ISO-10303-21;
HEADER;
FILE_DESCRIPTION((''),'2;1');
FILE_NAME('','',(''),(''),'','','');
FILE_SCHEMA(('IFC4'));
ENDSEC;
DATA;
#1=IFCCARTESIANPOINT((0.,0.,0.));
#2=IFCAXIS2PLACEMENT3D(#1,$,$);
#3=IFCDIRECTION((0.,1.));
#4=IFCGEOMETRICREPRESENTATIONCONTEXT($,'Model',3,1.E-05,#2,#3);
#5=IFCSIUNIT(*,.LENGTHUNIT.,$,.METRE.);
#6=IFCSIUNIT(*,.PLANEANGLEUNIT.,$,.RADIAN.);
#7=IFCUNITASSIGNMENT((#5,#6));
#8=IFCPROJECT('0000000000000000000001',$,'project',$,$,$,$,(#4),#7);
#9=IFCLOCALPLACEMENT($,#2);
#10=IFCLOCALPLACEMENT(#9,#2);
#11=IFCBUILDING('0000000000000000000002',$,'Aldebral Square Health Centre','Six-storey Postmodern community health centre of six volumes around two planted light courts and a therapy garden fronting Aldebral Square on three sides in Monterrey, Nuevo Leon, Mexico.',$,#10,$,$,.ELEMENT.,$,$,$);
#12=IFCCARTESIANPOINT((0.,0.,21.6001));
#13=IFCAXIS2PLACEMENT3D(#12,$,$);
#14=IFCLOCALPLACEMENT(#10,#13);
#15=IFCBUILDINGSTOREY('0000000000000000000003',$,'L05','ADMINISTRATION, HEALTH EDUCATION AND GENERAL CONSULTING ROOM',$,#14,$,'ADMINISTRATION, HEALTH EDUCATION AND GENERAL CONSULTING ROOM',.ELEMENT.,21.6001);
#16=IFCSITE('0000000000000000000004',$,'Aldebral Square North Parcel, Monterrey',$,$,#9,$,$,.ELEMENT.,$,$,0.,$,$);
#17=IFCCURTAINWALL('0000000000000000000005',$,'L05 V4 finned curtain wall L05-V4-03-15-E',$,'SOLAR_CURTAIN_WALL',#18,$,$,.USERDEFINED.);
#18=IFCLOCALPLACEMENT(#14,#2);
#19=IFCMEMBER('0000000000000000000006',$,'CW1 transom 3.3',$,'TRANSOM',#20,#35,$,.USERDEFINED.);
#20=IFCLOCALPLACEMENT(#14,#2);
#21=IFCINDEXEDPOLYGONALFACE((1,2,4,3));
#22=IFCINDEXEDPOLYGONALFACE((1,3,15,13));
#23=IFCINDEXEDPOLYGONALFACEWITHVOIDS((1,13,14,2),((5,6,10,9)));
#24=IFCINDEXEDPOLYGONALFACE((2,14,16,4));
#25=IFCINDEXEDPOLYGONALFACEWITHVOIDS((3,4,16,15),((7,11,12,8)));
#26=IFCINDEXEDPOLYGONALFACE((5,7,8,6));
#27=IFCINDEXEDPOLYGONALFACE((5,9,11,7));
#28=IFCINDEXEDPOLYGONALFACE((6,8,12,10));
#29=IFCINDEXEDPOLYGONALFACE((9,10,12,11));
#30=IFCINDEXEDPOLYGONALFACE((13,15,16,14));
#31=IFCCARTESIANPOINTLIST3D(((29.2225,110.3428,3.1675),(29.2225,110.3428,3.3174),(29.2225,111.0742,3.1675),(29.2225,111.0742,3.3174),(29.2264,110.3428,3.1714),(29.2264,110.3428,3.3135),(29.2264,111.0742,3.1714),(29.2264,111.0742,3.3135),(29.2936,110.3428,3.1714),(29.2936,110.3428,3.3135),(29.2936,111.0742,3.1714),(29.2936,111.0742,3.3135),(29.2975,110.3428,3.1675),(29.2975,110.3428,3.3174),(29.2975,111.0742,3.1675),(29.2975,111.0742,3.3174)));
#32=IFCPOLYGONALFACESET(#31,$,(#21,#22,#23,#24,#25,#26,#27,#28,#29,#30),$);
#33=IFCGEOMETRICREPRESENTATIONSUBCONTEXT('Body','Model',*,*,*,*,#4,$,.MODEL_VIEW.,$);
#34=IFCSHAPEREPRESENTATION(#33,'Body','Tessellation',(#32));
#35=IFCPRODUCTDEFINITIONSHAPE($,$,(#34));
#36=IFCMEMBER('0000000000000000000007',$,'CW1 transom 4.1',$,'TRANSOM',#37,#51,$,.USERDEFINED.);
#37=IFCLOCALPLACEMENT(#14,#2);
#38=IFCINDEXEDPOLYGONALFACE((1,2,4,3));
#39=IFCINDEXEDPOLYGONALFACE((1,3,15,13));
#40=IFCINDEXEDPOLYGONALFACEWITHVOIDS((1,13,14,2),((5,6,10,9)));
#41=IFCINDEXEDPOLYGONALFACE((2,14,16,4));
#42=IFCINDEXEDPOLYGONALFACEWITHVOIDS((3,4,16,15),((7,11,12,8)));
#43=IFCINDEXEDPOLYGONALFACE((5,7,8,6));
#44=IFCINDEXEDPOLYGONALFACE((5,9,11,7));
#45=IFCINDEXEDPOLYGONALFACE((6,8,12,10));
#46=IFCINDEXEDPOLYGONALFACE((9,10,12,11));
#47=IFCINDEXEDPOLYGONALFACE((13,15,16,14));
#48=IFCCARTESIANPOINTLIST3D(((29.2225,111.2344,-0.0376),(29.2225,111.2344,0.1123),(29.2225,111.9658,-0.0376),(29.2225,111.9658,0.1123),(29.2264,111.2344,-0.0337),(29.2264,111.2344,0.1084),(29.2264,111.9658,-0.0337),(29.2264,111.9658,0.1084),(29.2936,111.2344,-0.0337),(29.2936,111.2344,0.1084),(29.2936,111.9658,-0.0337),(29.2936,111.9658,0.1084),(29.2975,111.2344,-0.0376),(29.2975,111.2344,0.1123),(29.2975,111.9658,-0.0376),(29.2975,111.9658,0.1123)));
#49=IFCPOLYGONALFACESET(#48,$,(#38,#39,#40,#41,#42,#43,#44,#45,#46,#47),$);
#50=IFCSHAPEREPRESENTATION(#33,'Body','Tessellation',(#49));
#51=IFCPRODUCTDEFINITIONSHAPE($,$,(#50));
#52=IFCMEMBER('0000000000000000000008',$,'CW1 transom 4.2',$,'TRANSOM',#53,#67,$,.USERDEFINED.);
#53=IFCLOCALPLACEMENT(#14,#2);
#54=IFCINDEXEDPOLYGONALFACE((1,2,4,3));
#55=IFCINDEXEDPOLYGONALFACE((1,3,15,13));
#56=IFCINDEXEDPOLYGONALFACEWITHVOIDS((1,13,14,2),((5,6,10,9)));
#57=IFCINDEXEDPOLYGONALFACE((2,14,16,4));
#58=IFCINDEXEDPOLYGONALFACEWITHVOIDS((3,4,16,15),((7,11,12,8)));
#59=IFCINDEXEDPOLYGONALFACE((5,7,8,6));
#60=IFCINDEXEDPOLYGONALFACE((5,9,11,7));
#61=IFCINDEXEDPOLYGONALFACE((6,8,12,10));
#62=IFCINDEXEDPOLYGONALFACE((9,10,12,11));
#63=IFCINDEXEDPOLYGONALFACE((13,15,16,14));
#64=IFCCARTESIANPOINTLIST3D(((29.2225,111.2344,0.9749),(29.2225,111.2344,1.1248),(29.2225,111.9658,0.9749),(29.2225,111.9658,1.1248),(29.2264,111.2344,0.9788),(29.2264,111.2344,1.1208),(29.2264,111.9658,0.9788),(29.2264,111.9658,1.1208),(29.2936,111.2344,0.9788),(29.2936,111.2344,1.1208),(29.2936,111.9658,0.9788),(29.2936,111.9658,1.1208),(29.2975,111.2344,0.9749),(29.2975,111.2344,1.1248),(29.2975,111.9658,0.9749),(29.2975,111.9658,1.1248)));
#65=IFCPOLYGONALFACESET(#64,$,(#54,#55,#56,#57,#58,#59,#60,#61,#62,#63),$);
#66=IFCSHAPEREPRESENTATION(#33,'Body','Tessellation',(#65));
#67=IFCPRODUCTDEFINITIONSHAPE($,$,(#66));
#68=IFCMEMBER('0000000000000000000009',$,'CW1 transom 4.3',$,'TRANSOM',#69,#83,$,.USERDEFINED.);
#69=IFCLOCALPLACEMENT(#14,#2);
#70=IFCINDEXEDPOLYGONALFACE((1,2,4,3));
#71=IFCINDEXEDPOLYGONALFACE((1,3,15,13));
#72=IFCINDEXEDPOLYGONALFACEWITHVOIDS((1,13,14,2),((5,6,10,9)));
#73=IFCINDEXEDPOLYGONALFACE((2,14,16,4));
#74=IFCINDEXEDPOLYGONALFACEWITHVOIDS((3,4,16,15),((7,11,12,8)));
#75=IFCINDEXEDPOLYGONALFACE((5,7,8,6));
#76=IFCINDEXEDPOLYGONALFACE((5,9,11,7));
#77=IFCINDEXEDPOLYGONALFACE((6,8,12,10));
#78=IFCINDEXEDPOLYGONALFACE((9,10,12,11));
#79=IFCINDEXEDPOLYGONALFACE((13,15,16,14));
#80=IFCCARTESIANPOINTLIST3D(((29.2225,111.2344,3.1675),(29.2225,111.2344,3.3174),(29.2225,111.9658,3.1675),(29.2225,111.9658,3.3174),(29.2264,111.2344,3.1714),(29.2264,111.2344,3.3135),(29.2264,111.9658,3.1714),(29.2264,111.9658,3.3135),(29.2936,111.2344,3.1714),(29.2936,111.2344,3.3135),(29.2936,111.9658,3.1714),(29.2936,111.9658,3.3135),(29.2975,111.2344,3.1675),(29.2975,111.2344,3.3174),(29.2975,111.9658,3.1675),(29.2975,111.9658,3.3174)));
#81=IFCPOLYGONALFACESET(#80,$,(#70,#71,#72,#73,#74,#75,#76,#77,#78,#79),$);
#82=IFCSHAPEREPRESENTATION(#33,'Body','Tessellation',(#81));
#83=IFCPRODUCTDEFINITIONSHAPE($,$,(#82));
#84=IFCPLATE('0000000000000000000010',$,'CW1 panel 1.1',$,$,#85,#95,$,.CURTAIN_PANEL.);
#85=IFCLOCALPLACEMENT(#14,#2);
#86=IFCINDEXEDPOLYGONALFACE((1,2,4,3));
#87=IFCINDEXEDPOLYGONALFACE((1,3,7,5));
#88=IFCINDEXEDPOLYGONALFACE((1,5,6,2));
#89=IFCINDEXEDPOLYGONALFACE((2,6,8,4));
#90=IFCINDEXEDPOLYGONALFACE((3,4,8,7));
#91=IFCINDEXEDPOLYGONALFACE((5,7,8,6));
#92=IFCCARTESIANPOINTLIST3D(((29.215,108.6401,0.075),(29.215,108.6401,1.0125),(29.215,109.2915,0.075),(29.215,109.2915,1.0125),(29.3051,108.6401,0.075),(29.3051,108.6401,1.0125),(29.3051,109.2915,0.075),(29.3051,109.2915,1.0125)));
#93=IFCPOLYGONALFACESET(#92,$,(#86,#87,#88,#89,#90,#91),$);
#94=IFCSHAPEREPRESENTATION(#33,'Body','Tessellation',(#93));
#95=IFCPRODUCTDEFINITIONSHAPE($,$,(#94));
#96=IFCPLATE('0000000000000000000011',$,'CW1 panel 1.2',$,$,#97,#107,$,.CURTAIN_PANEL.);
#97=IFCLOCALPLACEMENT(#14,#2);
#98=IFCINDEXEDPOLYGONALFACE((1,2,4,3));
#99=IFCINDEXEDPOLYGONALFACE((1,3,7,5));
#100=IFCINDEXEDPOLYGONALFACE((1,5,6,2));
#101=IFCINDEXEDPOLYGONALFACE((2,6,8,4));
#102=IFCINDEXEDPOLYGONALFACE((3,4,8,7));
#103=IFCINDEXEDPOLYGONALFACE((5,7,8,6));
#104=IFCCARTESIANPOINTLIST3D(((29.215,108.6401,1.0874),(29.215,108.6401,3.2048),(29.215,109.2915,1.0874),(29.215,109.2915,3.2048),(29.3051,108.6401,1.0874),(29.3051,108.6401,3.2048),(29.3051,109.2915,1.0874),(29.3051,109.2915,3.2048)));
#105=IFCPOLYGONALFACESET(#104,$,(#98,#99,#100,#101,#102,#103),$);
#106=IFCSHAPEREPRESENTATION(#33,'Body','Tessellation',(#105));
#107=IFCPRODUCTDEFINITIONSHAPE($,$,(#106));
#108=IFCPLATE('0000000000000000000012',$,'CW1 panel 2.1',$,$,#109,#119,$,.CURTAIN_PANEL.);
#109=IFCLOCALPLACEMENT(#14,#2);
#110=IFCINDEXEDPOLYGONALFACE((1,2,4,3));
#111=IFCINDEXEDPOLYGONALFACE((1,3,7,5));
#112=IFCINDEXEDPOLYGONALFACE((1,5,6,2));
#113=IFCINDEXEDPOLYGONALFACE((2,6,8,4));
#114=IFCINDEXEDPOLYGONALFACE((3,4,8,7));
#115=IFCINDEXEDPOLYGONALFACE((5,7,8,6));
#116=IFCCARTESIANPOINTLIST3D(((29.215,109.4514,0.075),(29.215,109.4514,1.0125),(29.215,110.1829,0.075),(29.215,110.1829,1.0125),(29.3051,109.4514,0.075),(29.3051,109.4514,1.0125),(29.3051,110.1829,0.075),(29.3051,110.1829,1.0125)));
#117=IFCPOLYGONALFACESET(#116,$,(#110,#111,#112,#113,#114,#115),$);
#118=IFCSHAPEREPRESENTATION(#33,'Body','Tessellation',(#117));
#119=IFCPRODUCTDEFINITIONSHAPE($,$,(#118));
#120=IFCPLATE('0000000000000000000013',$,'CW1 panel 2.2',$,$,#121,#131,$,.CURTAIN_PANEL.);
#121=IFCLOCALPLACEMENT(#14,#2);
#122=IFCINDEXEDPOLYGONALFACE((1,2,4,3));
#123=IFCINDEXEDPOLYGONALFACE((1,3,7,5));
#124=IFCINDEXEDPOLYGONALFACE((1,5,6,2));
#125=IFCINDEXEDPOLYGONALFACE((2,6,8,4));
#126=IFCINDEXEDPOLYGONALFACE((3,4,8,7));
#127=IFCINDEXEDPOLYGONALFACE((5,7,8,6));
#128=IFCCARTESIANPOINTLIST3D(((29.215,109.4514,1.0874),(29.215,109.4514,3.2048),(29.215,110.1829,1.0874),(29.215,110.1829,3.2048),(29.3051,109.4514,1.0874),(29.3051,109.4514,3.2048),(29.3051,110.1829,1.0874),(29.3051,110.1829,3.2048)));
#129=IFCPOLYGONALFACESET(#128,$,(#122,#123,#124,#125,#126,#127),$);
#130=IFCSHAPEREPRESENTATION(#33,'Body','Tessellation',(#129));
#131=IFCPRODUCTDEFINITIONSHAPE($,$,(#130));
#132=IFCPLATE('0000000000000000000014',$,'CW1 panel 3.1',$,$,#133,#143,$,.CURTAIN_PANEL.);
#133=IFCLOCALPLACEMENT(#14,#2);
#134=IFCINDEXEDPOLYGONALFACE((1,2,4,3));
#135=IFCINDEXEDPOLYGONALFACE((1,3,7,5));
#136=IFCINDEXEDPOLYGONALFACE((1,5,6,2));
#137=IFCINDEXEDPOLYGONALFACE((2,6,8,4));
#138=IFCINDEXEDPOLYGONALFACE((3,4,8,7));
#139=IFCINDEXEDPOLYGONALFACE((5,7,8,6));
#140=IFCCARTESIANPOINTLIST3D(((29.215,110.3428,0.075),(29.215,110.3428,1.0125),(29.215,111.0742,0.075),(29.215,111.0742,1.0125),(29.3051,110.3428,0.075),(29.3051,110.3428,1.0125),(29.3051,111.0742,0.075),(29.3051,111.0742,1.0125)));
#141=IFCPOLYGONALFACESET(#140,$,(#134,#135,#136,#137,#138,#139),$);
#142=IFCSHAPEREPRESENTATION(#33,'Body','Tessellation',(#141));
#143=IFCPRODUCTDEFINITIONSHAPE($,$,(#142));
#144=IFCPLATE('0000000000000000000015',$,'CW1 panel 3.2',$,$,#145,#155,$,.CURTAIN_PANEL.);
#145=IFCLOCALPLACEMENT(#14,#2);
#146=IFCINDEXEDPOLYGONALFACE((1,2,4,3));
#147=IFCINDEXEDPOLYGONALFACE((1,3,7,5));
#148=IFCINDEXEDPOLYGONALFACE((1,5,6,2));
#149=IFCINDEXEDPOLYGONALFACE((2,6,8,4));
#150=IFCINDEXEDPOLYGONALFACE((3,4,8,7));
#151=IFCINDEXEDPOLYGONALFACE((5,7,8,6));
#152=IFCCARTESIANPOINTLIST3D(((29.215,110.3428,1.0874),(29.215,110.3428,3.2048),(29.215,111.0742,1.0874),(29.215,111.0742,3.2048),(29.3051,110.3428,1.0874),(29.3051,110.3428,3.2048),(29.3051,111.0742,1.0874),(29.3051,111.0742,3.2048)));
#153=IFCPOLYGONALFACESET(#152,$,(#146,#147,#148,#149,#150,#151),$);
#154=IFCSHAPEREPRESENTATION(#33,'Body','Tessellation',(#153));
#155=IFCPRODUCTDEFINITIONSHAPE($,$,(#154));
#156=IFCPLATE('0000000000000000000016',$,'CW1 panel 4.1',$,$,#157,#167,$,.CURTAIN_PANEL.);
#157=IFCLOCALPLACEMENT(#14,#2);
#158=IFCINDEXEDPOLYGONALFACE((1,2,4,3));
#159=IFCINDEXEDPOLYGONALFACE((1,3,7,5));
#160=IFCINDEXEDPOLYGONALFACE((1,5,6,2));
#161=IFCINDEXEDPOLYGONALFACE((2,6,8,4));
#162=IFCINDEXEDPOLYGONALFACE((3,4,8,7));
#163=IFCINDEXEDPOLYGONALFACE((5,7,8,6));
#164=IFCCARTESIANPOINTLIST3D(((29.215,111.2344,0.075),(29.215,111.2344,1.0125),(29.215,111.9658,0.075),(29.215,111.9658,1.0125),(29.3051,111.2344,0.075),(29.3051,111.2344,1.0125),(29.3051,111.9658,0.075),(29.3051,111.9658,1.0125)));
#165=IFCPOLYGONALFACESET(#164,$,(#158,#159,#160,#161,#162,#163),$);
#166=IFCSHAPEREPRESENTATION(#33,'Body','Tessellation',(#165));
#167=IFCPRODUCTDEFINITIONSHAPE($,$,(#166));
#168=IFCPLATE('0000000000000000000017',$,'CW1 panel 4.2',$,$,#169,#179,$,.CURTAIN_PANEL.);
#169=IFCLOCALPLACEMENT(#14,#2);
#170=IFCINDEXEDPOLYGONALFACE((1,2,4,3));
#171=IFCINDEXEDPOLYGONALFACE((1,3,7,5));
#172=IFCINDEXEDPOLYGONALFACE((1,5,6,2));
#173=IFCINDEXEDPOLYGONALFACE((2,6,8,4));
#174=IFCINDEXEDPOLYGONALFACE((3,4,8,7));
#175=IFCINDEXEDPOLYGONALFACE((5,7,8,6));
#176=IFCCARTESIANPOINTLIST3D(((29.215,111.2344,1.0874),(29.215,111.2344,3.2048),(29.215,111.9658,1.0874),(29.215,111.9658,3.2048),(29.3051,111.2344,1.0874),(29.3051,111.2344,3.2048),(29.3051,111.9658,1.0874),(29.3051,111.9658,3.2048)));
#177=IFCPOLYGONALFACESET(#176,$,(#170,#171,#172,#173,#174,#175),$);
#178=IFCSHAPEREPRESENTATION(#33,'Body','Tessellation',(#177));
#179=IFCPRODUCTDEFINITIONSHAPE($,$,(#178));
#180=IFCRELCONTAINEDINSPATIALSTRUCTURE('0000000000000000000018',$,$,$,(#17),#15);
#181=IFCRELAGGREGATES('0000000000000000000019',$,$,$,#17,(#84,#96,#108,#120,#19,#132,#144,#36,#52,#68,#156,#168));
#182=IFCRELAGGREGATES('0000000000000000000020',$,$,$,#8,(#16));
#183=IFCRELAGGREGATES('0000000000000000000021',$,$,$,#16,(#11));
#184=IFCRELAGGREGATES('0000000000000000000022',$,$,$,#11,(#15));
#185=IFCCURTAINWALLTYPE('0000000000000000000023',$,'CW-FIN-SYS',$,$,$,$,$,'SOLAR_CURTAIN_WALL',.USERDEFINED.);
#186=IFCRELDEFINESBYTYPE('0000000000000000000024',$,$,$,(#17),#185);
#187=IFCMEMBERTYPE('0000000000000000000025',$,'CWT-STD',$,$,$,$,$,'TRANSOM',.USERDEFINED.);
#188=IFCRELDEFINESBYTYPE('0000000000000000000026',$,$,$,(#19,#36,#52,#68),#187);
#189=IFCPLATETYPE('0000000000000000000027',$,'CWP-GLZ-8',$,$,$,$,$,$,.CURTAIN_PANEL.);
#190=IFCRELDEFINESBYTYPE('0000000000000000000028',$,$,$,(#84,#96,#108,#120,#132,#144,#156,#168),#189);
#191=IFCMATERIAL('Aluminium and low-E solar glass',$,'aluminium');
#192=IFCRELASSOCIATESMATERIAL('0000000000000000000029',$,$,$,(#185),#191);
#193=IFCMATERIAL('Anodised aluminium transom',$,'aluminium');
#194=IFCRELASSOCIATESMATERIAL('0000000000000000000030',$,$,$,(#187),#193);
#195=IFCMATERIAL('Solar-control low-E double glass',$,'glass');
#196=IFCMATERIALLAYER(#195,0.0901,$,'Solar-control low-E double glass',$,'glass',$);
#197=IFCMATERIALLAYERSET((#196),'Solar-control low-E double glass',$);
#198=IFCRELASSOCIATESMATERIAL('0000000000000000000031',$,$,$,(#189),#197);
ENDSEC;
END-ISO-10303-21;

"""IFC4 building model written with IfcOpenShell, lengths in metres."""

from ifc_helpers import new_model, si_unit, direction, frame, origin, origin_2d, place, context, subcontext, project, spatial, rectangle, hollow_rectangle, extrude, material, layer, layer_set, material_profile, profile_set, type_object, element, aggregate, save


model = new_model("IFC4")

# Units and contexts
model_context = context("Model", 3, precision=1e-05, world=origin(), true_north=direction((0.0, 1.0)))
body_context = subcontext(model_context, "Body", "Model", "MODEL_VIEW")
ifc_project = project(units=[si_unit("LENGTHUNIT", "METRE"), si_unit("PLANEANGLEUNIT", "RADIAN")], contexts=[model_context])

# Site, building, storey
site_placement = place(None, origin())
site = spatial("IfcSite", under=ifc_project, at=site_placement, Name="Aldebral Square North Parcel, Monterrey", CompositionType="ELEMENT", RefElevation=0.0)
building_placement = place(site_placement, origin())
building = spatial("IfcBuilding", under=site, at=building_placement, Name="Aldebral Square Health Centre", Description="Six-storey Postmodern community health centre of six volumes around two planted light courts and a therapy garden fronting Aldebral Square on three sides in Monterrey, Nuevo Leon, Mexico.", CompositionType="ELEMENT")
storey_placement = place(building_placement, frame((0.0, 0.0, 21.6001)))
storey = spatial("IfcBuildingStorey", under=building, at=storey_placement, Name="L05", Description="ADMINISTRATION, HEALTH EDUCATION AND GENERAL CONSULTING ROOM", LongName="ADMINISTRATION, HEALTH EDUCATION AND GENERAL CONSULTING ROOM", CompositionType="ELEMENT", Elevation=21.6001)

# Curtain wall, members, plates
ifc_material_1 = material(Name="Aluminium and low-E solar glass", Category="aluminium")
curtain_wall_type = type_object("IfcCurtainWallType", Name="CW-FIN-SYS", ElementType="SOLAR_CURTAIN_WALL", PredefinedType="USERDEFINED", material=ifc_material_1)
curtain_wall_placement = place(storey_placement, origin())
curtain_wall = element("IfcCurtainWall", 1, at=curtain_wall_placement, inside=storey, type_object=curtain_wall_type, Name="L05 V4 finned curtain wall L05-V4-03-15-E", ObjectType="SOLAR_CURTAIN_WALL", PredefinedType="USERDEFINED")
ifc_material_2 = material(Name="Anodised aluminium transom", Category="aluminium")
ifc_material_profile_1 = material_profile(ifc_material_2, hollow_rectangle(XDim=0.075, YDim=0.1499, WallThickness=0.0039, at=origin_2d()), Name="CWT 75x150x4")
ifc_profile_set_1 = profile_set([ifc_material_profile_1], Name="Anodised aluminium transom")
member_type_1 = type_object("IfcMemberType", Name="CWT-STD", ElementType="TRANSOM", PredefinedType="USERDEFINED", material=ifc_profile_set_1)
member_1_placement = place(storey_placement, frame((29.26, 110.3428, 3.2424), z_axis=(0.0, 1.0, 0.0), x_axis=(-1.0, 0.0, 0.0)))
member_1 = element("IfcMember", 2, at=member_1_placement, type_object=member_type_1, Name="CW1 transom 3.3", ObjectType="TRANSOM", PredefinedType="USERDEFINED", context=body_context, shape_type="SweptSolid", body=[
    extrude(hollow_rectangle(XDim=0.075, YDim=0.1499, WallThickness=0.0039, at=origin_2d()), origin(), (0.0, 0.0, 1.0), 0.7314),
])
member_2_placement = place(storey_placement, frame((29.26, 111.2344, 0.0374), z_axis=(0.0, 1.0, 0.0), x_axis=(-1.0, 0.0, 0.0)))
member_2 = element("IfcMember", 3, at=member_2_placement, type_object=member_type_1, Name="CW1 transom 4.1", ObjectType="TRANSOM", PredefinedType="USERDEFINED", context=body_context, shape_type="SweptSolid", body=[
    extrude(hollow_rectangle(XDim=0.075, YDim=0.1499, WallThickness=0.0039, at=origin_2d()), origin(), (0.0, 0.0, 1.0), 0.7314),
])
member_3_placement = place(storey_placement, frame((29.26, 111.2344, 1.0498), z_axis=(0.0, 1.0, 0.0), x_axis=(-1.0, 0.0, 0.0)))
member_3 = element("IfcMember", 4, at=member_3_placement, type_object=member_type_1, Name="CW1 transom 4.2", ObjectType="TRANSOM", PredefinedType="USERDEFINED", context=body_context, shape_type="SweptSolid", body=[
    extrude(hollow_rectangle(XDim=0.075, YDim=0.1499, WallThickness=0.0039, at=origin_2d()), origin(), (0.0, 0.0, 1.0), 0.7314),
])
member_4_placement = place(storey_placement, frame((29.26, 111.2344, 3.2424), z_axis=(0.0, 1.0, 0.0), x_axis=(-1.0, 0.0, 0.0)))
member_4 = element("IfcMember", 5, at=member_4_placement, type_object=member_type_1, Name="CW1 transom 4.3", ObjectType="TRANSOM", PredefinedType="USERDEFINED", context=body_context, shape_type="SweptSolid", body=[
    extrude(hollow_rectangle(XDim=0.075, YDim=0.1499, WallThickness=0.0039, at=origin_2d()), origin(), (0.0, 0.0, 1.0), 0.7314),
])
ifc_material_3 = material(Name="Solar-control low-E double glass", Category="glass")
ifc_layer = layer(ifc_material_3, 0.0901, Name="Solar-control low-E double glass", Category="glass")
ifc_layer_set = layer_set([ifc_layer], Name="Solar-control low-E double glass")
plate_type = type_object("IfcPlateType", Name="CWP-GLZ-8", PredefinedType="CURTAIN_PANEL", material=ifc_layer_set)
plate_1_placement = place(storey_placement, frame((29.26, 108.9658, 0.075), z_axis=(0.0, 0.0, 1.0), x_axis=(0.0, 1.0, 0.0)))
plate_1 = element("IfcPlate", 6, at=plate_1_placement, type_object=plate_type, Name="CW1 panel 1.1", PredefinedType="CURTAIN_PANEL", context=body_context, shape_type="SweptSolid", body=[
    extrude(rectangle(XDim=0.6514, YDim=0.0901, at=origin_2d()), origin(), (0.0, 0.0, 1.0), 0.9375),
])
plate_2_placement = place(storey_placement, frame((29.26, 108.9658, 1.0874), z_axis=(0.0, 0.0, 1.0), x_axis=(0.0, 1.0, 0.0)))
plate_2 = element("IfcPlate", 7, at=plate_2_placement, type_object=plate_type, Name="CW1 panel 1.2", PredefinedType="CURTAIN_PANEL", context=body_context, shape_type="SweptSolid", body=[
    extrude(rectangle(XDim=0.6514, YDim=0.0901, at=origin_2d()), origin(), (0.0, 0.0, 1.0), 2.1174),
])
plate_3_placement = place(storey_placement, frame((29.26, 109.8171, 0.075), z_axis=(0.0, 0.0, 1.0), x_axis=(0.0, 1.0, 0.0)))
plate_3 = element("IfcPlate", 8, at=plate_3_placement, type_object=plate_type, Name="CW1 panel 2.1", PredefinedType="CURTAIN_PANEL", context=body_context, shape_type="SweptSolid", body=[
    extrude(rectangle(XDim=0.7314, YDim=0.0901, at=origin_2d()), origin(), (0.0, 0.0, 1.0), 0.9375),
])
plate_4_placement = place(storey_placement, frame((29.26, 109.8171, 1.0874), z_axis=(0.0, 0.0, 1.0), x_axis=(0.0, 1.0, 0.0)))
plate_4 = element("IfcPlate", 9, at=plate_4_placement, type_object=plate_type, Name="CW1 panel 2.2", PredefinedType="CURTAIN_PANEL", context=body_context, shape_type="SweptSolid", body=[
    extrude(rectangle(XDim=0.7314, YDim=0.0901, at=origin_2d()), origin(), (0.0, 0.0, 1.0), 2.1174),
])
plate_5_placement = place(storey_placement, frame((29.26, 110.7085, 0.075), z_axis=(0.0, 0.0, 1.0), x_axis=(0.0, 1.0, 0.0)))
plate_5 = element("IfcPlate", 10, at=plate_5_placement, type_object=plate_type, Name="CW1 panel 3.1", PredefinedType="CURTAIN_PANEL", context=body_context, shape_type="SweptSolid", body=[
    extrude(rectangle(XDim=0.7314, YDim=0.0901, at=origin_2d()), origin(), (0.0, 0.0, 1.0), 0.9375),
])
plate_6_placement = place(storey_placement, frame((29.26, 110.7085, 1.0874), z_axis=(0.0, 0.0, 1.0), x_axis=(0.0, 1.0, 0.0)))
plate_6 = element("IfcPlate", 11, at=plate_6_placement, type_object=plate_type, Name="CW1 panel 3.2", PredefinedType="CURTAIN_PANEL", context=body_context, shape_type="SweptSolid", body=[
    extrude(rectangle(XDim=0.7314, YDim=0.0901, at=origin_2d()), origin(), (0.0, 0.0, 1.0), 2.1174),
])
plate_7_placement = place(storey_placement, frame((29.26, 111.6001, 0.075), z_axis=(0.0, 0.0, 1.0), x_axis=(0.0, 1.0, 0.0)))
plate_7 = element("IfcPlate", 12, at=plate_7_placement, type_object=plate_type, Name="CW1 panel 4.1", PredefinedType="CURTAIN_PANEL", context=body_context, shape_type="SweptSolid", body=[
    extrude(rectangle(XDim=0.7314, YDim=0.0901, at=origin_2d()), origin(), (0.0, 0.0, 1.0), 0.9375),
])
plate_8_placement = place(storey_placement, frame((29.26, 111.6001, 1.0874), z_axis=(0.0, 0.0, 1.0), x_axis=(0.0, 1.0, 0.0)))
plate_8 = element("IfcPlate", 13, at=plate_8_placement, type_object=plate_type, Name="CW1 panel 4.2", PredefinedType="CURTAIN_PANEL", context=body_context, shape_type="SweptSolid", body=[
    extrude(rectangle(XDim=0.7314, YDim=0.0901, at=origin_2d()), origin(), (0.0, 0.0, 1.0), 2.1174),
])
aggregate(curtain_wall, [plate_1, plate_2, plate_3, plate_4, member_1, plate_5, plate_6, member_2, member_3, member_4, plate_7, plate_8])

save(model, "model.ifc")
